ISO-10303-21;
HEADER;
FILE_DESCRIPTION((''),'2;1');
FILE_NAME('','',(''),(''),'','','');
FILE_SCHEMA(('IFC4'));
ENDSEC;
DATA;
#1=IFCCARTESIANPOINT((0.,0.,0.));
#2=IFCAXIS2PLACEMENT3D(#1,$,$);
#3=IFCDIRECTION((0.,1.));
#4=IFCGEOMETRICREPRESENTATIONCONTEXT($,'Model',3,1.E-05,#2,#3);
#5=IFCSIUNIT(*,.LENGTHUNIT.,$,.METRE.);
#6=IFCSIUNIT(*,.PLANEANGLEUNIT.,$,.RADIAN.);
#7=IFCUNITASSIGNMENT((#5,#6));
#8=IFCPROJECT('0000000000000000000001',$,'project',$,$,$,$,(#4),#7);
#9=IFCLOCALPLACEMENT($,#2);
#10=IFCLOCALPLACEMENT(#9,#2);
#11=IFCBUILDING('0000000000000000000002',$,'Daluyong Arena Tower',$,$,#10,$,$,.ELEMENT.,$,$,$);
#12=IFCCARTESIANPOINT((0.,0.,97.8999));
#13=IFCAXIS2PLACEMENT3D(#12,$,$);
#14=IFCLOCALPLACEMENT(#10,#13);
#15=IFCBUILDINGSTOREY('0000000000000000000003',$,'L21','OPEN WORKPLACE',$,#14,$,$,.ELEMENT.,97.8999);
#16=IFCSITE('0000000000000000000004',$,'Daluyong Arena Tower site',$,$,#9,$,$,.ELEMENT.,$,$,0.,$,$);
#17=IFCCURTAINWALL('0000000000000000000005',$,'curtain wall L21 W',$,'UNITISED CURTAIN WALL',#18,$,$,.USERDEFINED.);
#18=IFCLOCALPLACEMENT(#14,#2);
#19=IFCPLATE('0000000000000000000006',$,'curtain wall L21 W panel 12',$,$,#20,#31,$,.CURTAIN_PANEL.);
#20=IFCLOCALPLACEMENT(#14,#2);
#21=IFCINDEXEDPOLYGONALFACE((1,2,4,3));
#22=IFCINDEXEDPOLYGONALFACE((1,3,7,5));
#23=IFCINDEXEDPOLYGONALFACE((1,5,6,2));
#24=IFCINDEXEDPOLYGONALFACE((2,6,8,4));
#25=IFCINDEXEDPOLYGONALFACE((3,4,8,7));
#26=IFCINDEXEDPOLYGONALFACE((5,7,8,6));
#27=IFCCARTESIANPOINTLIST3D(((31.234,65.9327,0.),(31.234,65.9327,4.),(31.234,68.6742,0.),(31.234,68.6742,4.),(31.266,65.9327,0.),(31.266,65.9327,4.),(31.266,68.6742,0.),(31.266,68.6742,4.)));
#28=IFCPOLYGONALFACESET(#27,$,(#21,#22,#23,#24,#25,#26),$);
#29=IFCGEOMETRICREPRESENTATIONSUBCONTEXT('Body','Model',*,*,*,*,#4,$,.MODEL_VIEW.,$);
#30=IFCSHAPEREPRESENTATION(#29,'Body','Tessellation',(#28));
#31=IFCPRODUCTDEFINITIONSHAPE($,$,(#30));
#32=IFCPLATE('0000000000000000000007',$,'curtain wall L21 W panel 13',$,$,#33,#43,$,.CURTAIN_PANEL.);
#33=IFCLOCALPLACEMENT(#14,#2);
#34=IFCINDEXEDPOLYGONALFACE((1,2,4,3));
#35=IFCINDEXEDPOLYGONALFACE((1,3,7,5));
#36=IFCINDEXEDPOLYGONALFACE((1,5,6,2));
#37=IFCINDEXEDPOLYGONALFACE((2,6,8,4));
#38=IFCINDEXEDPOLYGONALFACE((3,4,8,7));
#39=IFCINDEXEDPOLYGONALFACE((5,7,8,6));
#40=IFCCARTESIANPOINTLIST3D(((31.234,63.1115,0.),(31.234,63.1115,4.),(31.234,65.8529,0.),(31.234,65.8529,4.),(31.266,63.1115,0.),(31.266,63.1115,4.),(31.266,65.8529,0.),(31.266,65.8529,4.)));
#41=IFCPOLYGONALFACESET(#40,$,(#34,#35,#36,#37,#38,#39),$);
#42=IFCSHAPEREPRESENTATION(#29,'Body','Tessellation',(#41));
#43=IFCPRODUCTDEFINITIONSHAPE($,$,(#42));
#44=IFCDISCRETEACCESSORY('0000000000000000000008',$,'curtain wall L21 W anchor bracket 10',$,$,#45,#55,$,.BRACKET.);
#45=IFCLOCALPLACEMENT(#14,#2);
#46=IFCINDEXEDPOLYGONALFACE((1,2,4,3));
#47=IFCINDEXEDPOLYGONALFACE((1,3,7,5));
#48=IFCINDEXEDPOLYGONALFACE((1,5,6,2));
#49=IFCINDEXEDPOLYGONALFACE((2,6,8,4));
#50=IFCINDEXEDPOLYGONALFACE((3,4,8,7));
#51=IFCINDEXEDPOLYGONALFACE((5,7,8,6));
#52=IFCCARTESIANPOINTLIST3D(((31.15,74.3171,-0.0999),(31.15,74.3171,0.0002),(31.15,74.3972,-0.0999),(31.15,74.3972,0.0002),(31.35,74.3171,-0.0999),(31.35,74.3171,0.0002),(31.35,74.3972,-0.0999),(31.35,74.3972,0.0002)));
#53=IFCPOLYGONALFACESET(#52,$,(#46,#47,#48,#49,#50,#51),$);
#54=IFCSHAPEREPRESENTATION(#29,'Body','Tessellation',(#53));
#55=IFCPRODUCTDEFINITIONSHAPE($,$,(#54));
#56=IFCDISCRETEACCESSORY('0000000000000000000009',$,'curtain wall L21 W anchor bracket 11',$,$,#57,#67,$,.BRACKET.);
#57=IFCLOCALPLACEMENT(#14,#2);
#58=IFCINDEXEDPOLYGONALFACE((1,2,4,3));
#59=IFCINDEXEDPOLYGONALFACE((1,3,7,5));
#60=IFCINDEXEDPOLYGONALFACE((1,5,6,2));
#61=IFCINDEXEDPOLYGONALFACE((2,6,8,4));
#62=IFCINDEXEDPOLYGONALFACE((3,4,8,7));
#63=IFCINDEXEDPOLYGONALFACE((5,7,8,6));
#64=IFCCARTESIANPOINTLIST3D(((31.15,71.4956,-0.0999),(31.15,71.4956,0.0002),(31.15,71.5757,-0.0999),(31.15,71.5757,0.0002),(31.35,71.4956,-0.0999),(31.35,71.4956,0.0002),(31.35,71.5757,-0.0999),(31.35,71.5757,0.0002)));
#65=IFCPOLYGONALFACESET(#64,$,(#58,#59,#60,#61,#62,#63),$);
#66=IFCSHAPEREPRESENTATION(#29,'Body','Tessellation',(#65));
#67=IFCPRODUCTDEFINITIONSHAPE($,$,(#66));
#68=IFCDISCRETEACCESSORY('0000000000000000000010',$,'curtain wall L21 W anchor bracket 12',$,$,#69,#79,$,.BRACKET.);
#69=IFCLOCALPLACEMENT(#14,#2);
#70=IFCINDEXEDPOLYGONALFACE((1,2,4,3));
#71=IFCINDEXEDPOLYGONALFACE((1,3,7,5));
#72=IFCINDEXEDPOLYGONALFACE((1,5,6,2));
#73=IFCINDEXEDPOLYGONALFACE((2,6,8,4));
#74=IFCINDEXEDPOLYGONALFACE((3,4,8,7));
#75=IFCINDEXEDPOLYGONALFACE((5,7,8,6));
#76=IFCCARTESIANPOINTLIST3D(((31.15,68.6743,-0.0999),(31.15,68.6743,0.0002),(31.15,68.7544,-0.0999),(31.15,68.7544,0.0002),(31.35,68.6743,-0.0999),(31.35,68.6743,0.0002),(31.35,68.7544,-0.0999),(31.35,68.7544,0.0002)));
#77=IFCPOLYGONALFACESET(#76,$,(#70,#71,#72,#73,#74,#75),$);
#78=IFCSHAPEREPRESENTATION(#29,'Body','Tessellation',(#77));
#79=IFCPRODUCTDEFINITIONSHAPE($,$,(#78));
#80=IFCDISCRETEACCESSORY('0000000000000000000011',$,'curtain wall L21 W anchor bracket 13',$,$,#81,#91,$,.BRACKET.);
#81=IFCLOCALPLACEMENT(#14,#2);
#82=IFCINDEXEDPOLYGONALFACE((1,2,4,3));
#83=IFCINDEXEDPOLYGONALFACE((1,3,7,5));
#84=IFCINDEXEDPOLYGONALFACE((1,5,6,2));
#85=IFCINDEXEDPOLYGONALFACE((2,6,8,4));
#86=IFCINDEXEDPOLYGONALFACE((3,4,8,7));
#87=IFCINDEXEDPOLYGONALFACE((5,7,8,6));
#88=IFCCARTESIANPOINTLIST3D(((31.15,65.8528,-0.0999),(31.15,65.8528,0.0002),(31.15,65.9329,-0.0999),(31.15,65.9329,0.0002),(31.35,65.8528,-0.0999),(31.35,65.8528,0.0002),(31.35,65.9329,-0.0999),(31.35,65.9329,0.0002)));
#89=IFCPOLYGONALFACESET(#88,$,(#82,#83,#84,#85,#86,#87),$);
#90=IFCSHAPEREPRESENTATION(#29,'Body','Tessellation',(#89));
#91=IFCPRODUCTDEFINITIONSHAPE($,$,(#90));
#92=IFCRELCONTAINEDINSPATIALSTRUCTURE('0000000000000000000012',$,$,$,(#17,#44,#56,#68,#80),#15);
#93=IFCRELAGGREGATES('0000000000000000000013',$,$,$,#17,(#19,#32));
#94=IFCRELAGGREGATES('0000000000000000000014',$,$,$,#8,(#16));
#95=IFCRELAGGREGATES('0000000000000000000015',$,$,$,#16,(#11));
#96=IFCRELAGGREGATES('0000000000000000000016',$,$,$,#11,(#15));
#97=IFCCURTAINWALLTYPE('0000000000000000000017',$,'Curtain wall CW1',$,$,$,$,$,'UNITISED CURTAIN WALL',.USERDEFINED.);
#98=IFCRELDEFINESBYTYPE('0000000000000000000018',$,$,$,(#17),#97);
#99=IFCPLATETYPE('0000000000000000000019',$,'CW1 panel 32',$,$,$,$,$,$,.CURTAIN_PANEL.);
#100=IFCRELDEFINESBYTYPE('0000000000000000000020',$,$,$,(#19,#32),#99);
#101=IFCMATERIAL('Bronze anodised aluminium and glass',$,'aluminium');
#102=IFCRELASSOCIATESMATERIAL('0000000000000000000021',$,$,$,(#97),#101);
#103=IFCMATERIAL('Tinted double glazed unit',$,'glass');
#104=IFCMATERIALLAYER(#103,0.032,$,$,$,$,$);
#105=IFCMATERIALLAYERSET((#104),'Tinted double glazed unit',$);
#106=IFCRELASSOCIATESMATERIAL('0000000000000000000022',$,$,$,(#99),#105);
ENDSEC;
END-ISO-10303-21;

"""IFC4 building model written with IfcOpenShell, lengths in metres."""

from ifc_helpers import new_model, si_unit, direction, frame, origin, origin_2d, place, context, subcontext, project, spatial, rectangle, extrude, material, layer, layer_set, type_object, element, aggregate, save


model = new_model("IFC4")

# Units and contexts
model_context = context("Model", 3, precision=1e-05, world=origin(), true_north=direction((0.0, 1.0)))
body_context = subcontext(model_context, "Body", "Model", "MODEL_VIEW")
ifc_project = project(units=[si_unit("LENGTHUNIT", "METRE"), si_unit("PLANEANGLEUNIT", "RADIAN")], contexts=[model_context])

# Site, building, storey
site_placement = place(None, origin())
site = spatial("IfcSite", under=ifc_project, at=site_placement, Name="Daluyong Arena Tower site", CompositionType="ELEMENT", RefElevation=0.0)
building_placement = place(site_placement, origin())
building = spatial("IfcBuilding", under=site, at=building_placement, Name="Daluyong Arena Tower", CompositionType="ELEMENT")
storey_placement = place(building_placement, frame((0.0, 0.0, 97.8999)))
storey = spatial("IfcBuildingStorey", under=building, at=storey_placement, Name="L21", Description="OPEN WORKPLACE", CompositionType="ELEMENT", Elevation=97.8999)

# Curtain wall
ifc_material_1 = material(Name="Bronze anodised aluminium and glass", Category="aluminium")
curtain_wall_type = type_object("IfcCurtainWallType", Name="Curtain wall CW1", ElementType="UNITISED CURTAIN WALL", PredefinedType="USERDEFINED", material=ifc_material_1)
curtain_wall_placement = place(storey_placement, origin())
curtain_wall = element("IfcCurtainWall", 1, at=curtain_wall_placement, inside=storey, type_object=curtain_wall_type, Name="curtain wall L21 W", ObjectType="UNITISED CURTAIN WALL", PredefinedType="USERDEFINED")

# Plates
ifc_material_2 = material(Name="Tinted double glazed unit", Category="glass")
ifc_layer = layer(ifc_material_2, 0.032)
ifc_layer_set = layer_set([ifc_layer], Name="Tinted double glazed unit")
plate_type = type_object("IfcPlateType", Name="CW1 panel 32", PredefinedType="CURTAIN_PANEL", material=ifc_layer_set)
plate_1_placement = place(storey_placement, frame((31.25, 67.3035, 0.0), z_axis=(0.0, 0.0, 1.0), x_axis=(0.0, -1.0, 0.0)))
plate_1 = element("IfcPlate", 2, at=plate_1_placement, type_object=plate_type, Name="curtain wall L21 W panel 12", PredefinedType="CURTAIN_PANEL", context=body_context, shape_type="SweptSolid", body=[
    extrude(rectangle(XDim=2.7415, YDim=0.032, at=origin_2d()), origin(), (0.0, 0.0, 1.0), 4.0),
])
plate_2_placement = place(storey_placement, frame((31.25, 64.4822, 0.0), z_axis=(0.0, 0.0, 1.0), x_axis=(0.0, -1.0, 0.0)))
plate_2 = element("IfcPlate", 3, at=plate_2_placement, type_object=plate_type, Name="curtain wall L21 W panel 13", PredefinedType="CURTAIN_PANEL", context=body_context, shape_type="SweptSolid", body=[
    extrude(rectangle(XDim=2.7415, YDim=0.032, at=origin_2d()), origin(), (0.0, 0.0, 1.0), 4.0),
])
aggregate(curtain_wall, [plate_1, plate_2])

# Discrete accessories
for number, where, z_axis, x_axis, name in (
    (4, (31.25, 74.3572, -0.0999), (0.0, 0.0, 1.0), (0.0, -1.0, 0.0), "curtain wall L21 W anchor bracket 10"),
    (5, (31.25, 71.5356, -0.0999), (0.0, 0.0, 1.0), (0.0, -1.0, 0.0), "curtain wall L21 W anchor bracket 11"),
    (6, (31.25, 68.7144, -0.0999), (0.0, 0.0, 1.0), (0.0, -1.0, 0.0), "curtain wall L21 W anchor bracket 12"),
    (7, (31.25, 65.8928, -0.0999), (0.0, 0.0, 1.0), (0.0, -1.0, 0.0), "curtain wall L21 W anchor bracket 13"),
):
    element("IfcDiscreteAccessory", number, at=place(storey_placement, frame(where, z_axis=z_axis, x_axis=x_axis)), inside=storey, Name=name, PredefinedType="BRACKET", context=body_context, shape_type="SweptSolid", body=[
        extrude(rectangle(XDim=0.0801, YDim=0.2, at=origin_2d()), origin(), (0.0, 0.0, 1.0), 0.1001),
    ])

save(model, "model.ifc")
